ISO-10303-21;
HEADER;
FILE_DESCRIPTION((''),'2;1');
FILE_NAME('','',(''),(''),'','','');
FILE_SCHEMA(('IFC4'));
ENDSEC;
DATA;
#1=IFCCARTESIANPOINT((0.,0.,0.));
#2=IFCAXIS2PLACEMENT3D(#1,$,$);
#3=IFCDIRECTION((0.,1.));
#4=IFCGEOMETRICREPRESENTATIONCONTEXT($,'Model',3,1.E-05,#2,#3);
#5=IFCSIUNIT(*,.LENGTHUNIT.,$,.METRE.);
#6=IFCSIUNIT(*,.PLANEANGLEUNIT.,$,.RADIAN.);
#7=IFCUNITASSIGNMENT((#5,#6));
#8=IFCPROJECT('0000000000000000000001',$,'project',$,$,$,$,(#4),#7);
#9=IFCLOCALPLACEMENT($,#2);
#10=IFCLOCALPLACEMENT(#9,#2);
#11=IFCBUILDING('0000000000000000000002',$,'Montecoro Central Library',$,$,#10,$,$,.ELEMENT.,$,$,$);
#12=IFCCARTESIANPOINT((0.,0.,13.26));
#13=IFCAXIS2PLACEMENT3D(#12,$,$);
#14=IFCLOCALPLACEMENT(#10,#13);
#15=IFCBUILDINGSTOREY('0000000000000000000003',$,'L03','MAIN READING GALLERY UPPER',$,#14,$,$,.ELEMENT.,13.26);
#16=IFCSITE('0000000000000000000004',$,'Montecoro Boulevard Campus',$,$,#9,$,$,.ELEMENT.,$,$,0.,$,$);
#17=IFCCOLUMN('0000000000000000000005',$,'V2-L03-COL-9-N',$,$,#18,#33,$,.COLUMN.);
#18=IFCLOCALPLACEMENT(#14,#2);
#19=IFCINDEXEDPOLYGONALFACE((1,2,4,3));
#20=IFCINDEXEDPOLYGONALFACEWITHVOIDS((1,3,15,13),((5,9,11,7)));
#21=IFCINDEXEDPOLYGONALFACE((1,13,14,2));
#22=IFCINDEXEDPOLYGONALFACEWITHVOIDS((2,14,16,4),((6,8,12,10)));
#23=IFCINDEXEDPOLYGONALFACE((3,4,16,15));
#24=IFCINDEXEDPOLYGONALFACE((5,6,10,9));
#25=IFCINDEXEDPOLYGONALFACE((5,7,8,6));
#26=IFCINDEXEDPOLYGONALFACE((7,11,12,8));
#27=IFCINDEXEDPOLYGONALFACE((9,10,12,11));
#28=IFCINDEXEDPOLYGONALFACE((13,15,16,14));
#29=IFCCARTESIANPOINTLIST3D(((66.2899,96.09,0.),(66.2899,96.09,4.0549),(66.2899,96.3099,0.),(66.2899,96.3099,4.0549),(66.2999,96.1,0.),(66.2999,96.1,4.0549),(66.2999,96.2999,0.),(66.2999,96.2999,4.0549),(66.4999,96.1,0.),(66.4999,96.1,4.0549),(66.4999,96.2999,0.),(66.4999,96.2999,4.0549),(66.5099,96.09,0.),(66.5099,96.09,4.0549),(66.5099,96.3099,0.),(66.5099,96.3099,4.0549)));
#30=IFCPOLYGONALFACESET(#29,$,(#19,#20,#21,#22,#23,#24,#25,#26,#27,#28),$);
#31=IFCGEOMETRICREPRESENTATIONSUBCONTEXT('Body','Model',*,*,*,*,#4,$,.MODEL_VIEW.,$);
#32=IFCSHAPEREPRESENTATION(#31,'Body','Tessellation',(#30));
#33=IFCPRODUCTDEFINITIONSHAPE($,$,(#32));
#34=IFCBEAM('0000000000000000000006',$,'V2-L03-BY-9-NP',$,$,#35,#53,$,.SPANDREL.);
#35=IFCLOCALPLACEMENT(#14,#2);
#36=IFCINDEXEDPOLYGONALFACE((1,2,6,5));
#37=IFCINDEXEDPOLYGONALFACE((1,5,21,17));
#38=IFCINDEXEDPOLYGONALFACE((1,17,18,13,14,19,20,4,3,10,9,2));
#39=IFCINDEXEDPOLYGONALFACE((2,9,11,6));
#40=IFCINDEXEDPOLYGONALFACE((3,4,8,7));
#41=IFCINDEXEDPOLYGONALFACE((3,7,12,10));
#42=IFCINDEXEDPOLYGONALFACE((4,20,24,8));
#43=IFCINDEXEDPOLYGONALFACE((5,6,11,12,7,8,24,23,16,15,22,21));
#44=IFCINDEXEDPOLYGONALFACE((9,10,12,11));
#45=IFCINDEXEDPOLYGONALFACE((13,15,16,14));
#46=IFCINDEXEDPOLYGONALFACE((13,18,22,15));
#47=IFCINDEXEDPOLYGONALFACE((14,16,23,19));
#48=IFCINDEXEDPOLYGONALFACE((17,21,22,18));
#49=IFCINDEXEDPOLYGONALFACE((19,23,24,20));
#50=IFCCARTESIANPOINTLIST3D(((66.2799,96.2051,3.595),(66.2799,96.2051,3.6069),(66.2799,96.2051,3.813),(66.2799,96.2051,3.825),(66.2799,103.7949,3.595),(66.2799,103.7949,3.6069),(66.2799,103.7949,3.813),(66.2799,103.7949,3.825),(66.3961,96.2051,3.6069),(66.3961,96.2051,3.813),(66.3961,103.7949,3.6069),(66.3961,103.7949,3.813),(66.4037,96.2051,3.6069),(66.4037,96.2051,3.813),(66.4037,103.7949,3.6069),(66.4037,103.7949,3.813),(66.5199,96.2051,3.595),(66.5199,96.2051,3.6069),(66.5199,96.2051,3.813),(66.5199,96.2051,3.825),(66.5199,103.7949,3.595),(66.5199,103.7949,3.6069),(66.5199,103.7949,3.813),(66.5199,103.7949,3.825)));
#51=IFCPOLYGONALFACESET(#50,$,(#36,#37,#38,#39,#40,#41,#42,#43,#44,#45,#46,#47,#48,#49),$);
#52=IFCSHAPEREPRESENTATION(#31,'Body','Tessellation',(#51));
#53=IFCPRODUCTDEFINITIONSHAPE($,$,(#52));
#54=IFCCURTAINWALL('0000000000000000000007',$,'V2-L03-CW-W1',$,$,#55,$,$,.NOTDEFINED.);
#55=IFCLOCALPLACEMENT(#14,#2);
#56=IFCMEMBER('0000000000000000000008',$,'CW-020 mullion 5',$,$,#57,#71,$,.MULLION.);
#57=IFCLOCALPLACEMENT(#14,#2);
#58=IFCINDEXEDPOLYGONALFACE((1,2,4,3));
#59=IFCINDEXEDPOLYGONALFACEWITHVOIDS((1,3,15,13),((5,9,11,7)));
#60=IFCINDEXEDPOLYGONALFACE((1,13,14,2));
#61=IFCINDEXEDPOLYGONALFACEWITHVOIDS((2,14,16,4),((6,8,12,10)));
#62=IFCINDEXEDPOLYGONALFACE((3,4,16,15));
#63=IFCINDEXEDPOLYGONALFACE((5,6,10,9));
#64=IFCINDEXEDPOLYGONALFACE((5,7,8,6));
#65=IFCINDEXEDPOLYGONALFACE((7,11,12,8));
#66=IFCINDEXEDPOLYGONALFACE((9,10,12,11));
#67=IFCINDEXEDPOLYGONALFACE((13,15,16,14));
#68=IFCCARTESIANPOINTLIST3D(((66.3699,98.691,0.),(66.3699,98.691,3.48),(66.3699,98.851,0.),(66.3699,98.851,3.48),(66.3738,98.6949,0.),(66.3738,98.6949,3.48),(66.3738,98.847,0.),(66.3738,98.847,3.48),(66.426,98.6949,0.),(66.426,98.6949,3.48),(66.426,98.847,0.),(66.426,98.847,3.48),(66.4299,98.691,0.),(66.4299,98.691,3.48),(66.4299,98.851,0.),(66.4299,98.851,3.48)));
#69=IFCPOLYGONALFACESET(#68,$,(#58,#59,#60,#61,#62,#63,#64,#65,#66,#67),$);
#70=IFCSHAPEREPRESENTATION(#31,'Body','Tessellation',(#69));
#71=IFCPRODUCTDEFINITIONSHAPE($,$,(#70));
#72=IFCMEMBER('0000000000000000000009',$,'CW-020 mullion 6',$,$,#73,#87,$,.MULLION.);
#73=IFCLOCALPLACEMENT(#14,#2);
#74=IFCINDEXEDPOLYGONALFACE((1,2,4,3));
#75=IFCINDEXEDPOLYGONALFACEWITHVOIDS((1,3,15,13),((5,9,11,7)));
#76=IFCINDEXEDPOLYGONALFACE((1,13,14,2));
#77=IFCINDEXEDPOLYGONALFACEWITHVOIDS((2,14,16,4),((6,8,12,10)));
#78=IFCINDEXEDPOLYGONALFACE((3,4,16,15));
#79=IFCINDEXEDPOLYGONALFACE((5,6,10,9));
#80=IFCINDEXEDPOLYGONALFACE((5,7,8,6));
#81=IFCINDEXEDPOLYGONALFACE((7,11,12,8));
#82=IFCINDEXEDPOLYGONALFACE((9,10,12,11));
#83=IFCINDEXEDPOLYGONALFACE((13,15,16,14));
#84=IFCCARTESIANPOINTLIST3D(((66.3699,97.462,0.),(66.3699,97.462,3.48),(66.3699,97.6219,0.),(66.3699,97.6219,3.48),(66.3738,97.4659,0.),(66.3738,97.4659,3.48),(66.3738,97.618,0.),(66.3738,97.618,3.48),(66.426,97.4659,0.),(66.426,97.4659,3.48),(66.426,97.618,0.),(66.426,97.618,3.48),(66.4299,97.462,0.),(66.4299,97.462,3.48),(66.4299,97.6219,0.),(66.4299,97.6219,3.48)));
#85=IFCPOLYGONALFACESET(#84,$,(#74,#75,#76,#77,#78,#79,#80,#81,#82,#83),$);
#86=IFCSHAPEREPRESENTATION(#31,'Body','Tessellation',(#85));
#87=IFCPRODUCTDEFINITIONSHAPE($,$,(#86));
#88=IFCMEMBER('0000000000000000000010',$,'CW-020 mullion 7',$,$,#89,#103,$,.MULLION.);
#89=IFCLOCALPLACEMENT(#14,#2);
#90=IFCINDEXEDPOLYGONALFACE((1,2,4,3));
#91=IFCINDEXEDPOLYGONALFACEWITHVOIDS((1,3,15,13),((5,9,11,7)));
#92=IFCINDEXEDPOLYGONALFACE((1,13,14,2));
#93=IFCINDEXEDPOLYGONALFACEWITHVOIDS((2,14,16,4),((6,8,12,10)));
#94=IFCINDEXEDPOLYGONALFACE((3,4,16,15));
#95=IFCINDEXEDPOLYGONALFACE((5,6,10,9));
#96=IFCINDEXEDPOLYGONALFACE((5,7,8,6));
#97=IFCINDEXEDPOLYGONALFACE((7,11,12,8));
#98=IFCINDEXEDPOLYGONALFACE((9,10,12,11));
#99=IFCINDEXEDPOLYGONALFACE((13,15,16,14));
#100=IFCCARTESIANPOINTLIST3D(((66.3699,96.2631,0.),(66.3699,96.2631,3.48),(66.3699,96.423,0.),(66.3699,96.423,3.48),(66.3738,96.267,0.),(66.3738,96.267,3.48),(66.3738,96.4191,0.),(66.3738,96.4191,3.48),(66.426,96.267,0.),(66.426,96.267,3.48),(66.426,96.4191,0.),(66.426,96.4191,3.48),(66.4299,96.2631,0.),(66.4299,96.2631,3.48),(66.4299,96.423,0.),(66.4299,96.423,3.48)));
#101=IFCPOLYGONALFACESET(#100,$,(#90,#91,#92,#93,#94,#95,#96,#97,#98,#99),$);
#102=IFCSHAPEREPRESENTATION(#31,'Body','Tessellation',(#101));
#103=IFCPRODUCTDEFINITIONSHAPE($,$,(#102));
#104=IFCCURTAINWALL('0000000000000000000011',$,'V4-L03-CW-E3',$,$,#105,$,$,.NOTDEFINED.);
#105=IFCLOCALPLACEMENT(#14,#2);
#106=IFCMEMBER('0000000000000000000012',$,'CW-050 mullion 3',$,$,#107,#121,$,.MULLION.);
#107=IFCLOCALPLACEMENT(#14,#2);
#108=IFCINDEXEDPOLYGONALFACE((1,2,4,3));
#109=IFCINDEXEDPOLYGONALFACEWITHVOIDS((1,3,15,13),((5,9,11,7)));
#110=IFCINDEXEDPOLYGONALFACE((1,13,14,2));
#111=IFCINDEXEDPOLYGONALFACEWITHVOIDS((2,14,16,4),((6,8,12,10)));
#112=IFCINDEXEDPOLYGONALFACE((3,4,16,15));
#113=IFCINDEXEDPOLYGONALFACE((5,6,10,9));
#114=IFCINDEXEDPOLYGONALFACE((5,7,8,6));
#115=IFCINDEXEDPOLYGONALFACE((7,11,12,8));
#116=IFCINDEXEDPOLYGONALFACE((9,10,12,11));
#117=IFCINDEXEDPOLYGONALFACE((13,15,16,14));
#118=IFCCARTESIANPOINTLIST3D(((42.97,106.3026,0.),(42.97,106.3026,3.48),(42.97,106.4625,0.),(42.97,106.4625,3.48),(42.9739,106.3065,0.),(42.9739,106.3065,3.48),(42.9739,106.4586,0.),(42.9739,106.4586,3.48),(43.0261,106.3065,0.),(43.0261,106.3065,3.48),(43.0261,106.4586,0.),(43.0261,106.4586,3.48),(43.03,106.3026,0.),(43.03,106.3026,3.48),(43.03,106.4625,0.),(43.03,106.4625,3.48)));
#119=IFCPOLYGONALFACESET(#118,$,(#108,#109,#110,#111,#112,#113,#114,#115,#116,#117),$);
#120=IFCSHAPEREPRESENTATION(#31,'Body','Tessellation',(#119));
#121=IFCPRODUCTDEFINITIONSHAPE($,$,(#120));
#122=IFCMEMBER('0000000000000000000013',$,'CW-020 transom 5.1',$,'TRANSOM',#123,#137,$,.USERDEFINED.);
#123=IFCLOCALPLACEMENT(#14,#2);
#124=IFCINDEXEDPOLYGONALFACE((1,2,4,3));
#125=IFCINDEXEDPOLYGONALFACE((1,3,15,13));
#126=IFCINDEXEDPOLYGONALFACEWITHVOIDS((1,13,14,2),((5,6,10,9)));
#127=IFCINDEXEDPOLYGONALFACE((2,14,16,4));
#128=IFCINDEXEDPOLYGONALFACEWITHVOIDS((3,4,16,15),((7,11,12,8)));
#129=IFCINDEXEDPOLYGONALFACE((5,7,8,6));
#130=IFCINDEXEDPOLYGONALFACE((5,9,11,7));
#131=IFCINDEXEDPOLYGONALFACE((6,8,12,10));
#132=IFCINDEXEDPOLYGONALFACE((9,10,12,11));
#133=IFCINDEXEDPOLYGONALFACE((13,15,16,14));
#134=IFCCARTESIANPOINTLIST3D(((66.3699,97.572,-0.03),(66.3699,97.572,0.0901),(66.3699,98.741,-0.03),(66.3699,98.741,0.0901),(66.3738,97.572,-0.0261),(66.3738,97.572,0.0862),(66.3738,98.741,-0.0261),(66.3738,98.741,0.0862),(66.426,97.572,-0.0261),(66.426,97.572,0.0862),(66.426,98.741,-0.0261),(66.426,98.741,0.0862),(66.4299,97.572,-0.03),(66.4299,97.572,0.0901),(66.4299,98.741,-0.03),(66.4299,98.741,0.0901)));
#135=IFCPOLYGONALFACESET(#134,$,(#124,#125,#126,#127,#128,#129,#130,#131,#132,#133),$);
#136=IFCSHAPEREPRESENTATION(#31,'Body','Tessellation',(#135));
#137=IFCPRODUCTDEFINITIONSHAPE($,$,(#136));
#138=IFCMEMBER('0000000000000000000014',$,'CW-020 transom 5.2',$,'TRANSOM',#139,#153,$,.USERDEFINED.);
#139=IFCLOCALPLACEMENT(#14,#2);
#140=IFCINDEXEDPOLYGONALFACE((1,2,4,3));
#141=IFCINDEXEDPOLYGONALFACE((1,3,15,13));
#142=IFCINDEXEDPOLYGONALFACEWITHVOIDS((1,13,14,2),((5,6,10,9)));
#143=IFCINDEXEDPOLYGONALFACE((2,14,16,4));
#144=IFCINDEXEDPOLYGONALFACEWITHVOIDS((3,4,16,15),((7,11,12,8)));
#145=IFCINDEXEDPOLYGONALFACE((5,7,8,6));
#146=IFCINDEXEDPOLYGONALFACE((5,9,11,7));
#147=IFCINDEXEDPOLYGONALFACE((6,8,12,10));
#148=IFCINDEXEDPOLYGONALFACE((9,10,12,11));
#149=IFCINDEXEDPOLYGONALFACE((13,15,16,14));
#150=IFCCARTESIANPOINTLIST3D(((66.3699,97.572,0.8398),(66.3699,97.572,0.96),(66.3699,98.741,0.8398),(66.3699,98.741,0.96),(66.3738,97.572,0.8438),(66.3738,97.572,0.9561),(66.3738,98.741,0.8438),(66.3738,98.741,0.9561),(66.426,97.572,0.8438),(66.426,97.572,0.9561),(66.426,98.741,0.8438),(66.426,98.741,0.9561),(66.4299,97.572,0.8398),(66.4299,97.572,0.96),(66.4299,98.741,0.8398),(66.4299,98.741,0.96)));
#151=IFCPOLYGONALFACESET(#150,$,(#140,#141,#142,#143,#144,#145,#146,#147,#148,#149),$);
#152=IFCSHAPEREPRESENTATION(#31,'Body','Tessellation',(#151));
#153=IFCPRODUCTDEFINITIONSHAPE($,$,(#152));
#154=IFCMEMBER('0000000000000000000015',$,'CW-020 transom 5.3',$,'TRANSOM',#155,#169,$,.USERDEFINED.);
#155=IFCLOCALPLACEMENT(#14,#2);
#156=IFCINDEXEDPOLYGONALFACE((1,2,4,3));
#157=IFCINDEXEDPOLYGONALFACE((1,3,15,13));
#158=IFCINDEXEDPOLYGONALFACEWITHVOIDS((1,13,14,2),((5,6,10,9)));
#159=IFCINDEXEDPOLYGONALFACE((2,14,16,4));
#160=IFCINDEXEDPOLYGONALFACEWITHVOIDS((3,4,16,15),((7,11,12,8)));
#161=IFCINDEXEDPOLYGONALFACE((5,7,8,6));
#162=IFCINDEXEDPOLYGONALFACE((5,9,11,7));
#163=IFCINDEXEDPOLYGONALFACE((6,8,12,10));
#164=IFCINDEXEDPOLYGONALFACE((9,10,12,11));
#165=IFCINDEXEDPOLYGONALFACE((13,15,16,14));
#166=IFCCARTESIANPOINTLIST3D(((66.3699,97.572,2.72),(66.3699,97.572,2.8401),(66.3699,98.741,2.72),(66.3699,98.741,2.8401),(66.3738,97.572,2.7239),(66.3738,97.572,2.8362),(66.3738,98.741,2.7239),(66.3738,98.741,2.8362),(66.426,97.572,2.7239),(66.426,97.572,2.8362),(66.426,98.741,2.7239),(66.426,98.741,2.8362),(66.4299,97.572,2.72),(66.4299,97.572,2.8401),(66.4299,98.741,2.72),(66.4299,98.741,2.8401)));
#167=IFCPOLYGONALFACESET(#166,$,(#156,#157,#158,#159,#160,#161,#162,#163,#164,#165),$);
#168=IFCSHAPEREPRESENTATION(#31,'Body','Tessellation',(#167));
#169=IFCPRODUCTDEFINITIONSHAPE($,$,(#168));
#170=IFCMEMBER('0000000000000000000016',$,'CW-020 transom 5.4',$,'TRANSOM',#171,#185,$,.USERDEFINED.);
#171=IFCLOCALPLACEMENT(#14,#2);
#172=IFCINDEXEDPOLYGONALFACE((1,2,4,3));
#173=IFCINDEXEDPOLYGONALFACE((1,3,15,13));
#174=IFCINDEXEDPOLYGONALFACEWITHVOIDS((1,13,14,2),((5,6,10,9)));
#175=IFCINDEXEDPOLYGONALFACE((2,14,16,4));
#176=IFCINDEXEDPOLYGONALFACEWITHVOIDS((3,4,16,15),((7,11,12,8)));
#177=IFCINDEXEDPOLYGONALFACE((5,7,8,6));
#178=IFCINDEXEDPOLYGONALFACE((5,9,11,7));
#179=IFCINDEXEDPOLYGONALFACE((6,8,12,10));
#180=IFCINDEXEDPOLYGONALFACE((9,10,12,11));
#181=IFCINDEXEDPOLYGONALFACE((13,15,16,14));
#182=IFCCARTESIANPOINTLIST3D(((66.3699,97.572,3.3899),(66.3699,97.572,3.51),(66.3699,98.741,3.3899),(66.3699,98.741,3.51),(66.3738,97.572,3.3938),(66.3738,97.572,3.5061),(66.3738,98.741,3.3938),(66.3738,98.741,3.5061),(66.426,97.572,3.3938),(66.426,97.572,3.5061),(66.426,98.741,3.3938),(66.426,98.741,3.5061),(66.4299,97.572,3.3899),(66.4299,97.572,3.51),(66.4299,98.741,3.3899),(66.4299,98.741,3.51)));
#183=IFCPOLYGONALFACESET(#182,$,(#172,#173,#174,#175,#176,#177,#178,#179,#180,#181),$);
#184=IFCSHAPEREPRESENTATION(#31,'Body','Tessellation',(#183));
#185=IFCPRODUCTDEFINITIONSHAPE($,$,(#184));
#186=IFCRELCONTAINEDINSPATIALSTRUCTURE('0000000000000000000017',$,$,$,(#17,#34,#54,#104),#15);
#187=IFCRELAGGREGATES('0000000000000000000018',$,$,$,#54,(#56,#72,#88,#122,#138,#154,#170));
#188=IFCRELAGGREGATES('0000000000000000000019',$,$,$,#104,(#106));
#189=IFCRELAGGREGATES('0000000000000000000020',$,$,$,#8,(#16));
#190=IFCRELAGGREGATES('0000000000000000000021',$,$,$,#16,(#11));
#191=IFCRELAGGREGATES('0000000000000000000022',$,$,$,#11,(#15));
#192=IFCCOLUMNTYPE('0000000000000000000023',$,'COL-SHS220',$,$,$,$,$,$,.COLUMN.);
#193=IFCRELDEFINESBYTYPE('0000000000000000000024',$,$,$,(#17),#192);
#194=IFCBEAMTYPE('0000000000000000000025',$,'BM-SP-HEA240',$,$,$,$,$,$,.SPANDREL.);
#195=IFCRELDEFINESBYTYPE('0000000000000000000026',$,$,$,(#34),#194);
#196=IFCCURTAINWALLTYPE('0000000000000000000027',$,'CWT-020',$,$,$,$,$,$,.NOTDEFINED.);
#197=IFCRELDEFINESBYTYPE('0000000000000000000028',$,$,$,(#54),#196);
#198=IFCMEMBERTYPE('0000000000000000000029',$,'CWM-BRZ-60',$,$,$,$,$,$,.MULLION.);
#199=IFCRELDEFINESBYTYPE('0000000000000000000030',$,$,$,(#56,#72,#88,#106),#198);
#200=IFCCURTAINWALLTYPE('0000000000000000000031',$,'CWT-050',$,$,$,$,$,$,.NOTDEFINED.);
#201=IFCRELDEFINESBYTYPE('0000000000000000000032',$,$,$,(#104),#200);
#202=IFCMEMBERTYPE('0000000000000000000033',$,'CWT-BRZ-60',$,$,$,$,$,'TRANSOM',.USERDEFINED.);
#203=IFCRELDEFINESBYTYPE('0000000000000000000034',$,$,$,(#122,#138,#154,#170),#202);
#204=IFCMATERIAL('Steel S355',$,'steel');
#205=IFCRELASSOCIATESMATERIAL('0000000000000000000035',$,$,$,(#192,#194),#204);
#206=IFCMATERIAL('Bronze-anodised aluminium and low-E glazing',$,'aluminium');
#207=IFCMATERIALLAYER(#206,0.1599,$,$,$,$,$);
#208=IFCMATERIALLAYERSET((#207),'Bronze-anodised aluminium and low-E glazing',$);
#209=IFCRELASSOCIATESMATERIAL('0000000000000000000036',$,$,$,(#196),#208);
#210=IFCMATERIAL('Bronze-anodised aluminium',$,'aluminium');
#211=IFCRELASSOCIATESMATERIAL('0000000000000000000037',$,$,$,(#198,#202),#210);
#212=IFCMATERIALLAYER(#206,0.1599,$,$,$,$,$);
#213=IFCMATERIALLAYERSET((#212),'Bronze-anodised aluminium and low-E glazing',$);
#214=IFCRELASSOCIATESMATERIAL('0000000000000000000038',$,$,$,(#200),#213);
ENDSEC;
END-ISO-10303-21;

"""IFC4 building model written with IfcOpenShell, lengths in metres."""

from ifc_helpers import new_model, si_unit, direction, frame, origin, origin_2d, place, context, subcontext, project, spatial, hollow_rectangle, i_section, extrude, material, layer, layer_set, material_profile, profile_set, type_object, element, aggregate, save


model = new_model("IFC4")

# Units and contexts
model_context = context("Model", 3, precision=1e-05, world=origin(), true_north=direction((0.0, 1.0)))
body_context = subcontext(model_context, "Body", "Model", "MODEL_VIEW")
ifc_project = project(units=[si_unit("LENGTHUNIT", "METRE"), si_unit("PLANEANGLEUNIT", "RADIAN")], contexts=[model_context])

# Site, building, storey
site_placement = place(None, origin())
site = spatial("IfcSite", under=ifc_project, at=site_placement, Name="Montecoro Boulevard Campus", CompositionType="ELEMENT", RefElevation=0.0)
building_placement = place(site_placement, origin())
building = spatial("IfcBuilding", under=site, at=building_placement, Name="Montecoro Central Library", CompositionType="ELEMENT")
storey_placement = place(building_placement, frame((0.0, 0.0, 13.26)))
storey = spatial("IfcBuildingStorey", under=building, at=storey_placement, Name="L03", Description="MAIN READING GALLERY UPPER", CompositionType="ELEMENT", Elevation=13.26)

# Column
ifc_material_1 = material(Name="Steel S355", Category="steel")
ifc_material_profile_1 = material_profile(ifc_material_1, hollow_rectangle(XDim=0.22, YDim=0.22, WallThickness=0.01, at=origin_2d()), Name="SHS 220x220x10.0")
ifc_profile_set_1 = profile_set([ifc_material_profile_1], Name="Steel S355")
column_type = type_object("IfcColumnType", Name="COL-SHS220", PredefinedType="COLUMN", material=ifc_profile_set_1)
column_placement = place(storey_placement, frame((66.3999, 96.2, 0.0), z_axis=(0.0, 0.0, 1.0), x_axis=(1.0, 0.0, 0.0)))
element("IfcColumn", 1, at=column_placement, inside=storey, type_object=column_type, Name="V2-L03-COL-9-N", PredefinedType="COLUMN", context=body_context, shape_type="SweptSolid", body=[
    extrude(hollow_rectangle(XDim=0.22, YDim=0.22, WallThickness=0.01, at=origin_2d()), origin(), (0.0, 0.0, 1.0), 4.0549),
])

# Beam
ifc_material_profile_2 = material_profile(ifc_material_1, i_section(OverallWidth=0.24, OverallDepth=0.23, WebThickness=0.0076, FlangeThickness=0.012, at=origin_2d()), Name="HEA 240")
ifc_profile_set_2 = profile_set([ifc_material_profile_2], Name="Steel S355")
beam_type = type_object("IfcBeamType", Name="BM-SP-HEA240", PredefinedType="SPANDREL", material=ifc_profile_set_2)
beam_placement = place(storey_placement, frame((66.3999, 96.2051, 3.71), z_axis=(0.0, 1.0, 0.0), x_axis=(-1.0, 0.0, 0.0)))
element("IfcBeam", 2, at=beam_placement, inside=storey, type_object=beam_type, Name="V2-L03-BY-9-NP", PredefinedType="SPANDREL", context=body_context, shape_type="SweptSolid", body=[
    extrude(i_section(OverallWidth=0.24, OverallDepth=0.23, WebThickness=0.0076, FlangeThickness=0.012, at=origin_2d()), origin(), (0.0, 0.0, 1.0), 7.5898),
])

# Curtain wall, members
ifc_material_2 = material(Name="Bronze-anodised aluminium and low-E glazing", Category="aluminium")
ifc_layer_1 = layer(ifc_material_2, 0.1599)
ifc_layer_set_1 = layer_set([ifc_layer_1], Name="Bronze-anodised aluminium and low-E glazing")
curtain_wall_type_1 = type_object("IfcCurtainWallType", Name="CWT-020", PredefinedType="NOTDEFINED", material=ifc_layer_set_1)
curtain_wall_1_placement = place(storey_placement, origin())
curtain_wall_1 = element("IfcCurtainWall", 3, at=curtain_wall_1_placement, inside=storey, type_object=curtain_wall_type_1, Name="V2-L03-CW-W1", PredefinedType="NOTDEFINED")
ifc_material_3 = material(Name="Bronze-anodised aluminium", Category="aluminium")
ifc_material_profile_3 = material_profile(ifc_material_3, hollow_rectangle(XDim=0.0601, YDim=0.1599, WallThickness=0.0039, at=origin_2d()), Name="CWM 160x60x4.0")
ifc_profile_set_3 = profile_set([ifc_material_profile_3], Name="Bronze-anodised aluminium")
member_type_1 = type_object("IfcMemberType", Name="CWM-BRZ-60", PredefinedType="MULLION", material=ifc_profile_set_3)
member_1_placement = place(storey_placement, frame((66.3999, 98.771, 0.0), z_axis=(0.0, 0.0, 1.0), x_axis=(1.0, 0.0, 0.0)))
member_1 = element("IfcMember", 4, at=member_1_placement, type_object=member_type_1, Name="CW-020 mullion 5", PredefinedType="MULLION", context=body_context, shape_type="SweptSolid", body=[
    extrude(hollow_rectangle(XDim=0.0601, YDim=0.1599, WallThickness=0.0039, at=origin_2d()), origin(), (0.0, 0.0, 1.0), 3.48),
])
member_2_placement = place(storey_placement, frame((66.3999, 97.542, 0.0), z_axis=(0.0, 0.0, 1.0), x_axis=(1.0, 0.0, 0.0)))
member_2 = element("IfcMember", 5, at=member_2_placement, type_object=member_type_1, Name="CW-020 mullion 6", PredefinedType="MULLION", context=body_context, shape_type="SweptSolid", body=[
    extrude(hollow_rectangle(XDim=0.0601, YDim=0.1599, WallThickness=0.0039, at=origin_2d()), origin(), (0.0, 0.0, 1.0), 3.48),
])
member_3_placement = place(storey_placement, frame((66.3999, 96.343, 0.0), z_axis=(0.0, 0.0, 1.0), x_axis=(1.0, 0.0, 0.0)))
member_3 = element("IfcMember", 6, at=member_3_placement, type_object=member_type_1, Name="CW-020 mullion 7", PredefinedType="MULLION", context=body_context, shape_type="SweptSolid", body=[
    extrude(hollow_rectangle(XDim=0.0601, YDim=0.1599, WallThickness=0.0039, at=origin_2d()), origin(), (0.0, 0.0, 1.0), 3.48),
])

# Curtain wall, member
ifc_layer_2 = layer(ifc_material_2, 0.1599)
ifc_layer_set_2 = layer_set([ifc_layer_2], Name="Bronze-anodised aluminium and low-E glazing")
curtain_wall_type_2 = type_object("IfcCurtainWallType", Name="CWT-050", PredefinedType="NOTDEFINED", material=ifc_layer_set_2)
curtain_wall_2_placement = place(storey_placement, origin())
curtain_wall_2 = element("IfcCurtainWall", 7, at=curtain_wall_2_placement, inside=storey, type_object=curtain_wall_type_2, Name="V4-L03-CW-E3", PredefinedType="NOTDEFINED")
member_4_placement = place(storey_placement, frame((43.0, 106.3826, 0.0), z_axis=(0.0, 0.0, 1.0), x_axis=(-1.0, 0.0, 0.0)))
member_4 = element("IfcMember", 8, at=member_4_placement, type_object=member_type_1, Name="CW-050 mullion 3", PredefinedType="MULLION", context=body_context, shape_type="SweptSolid", body=[
    extrude(hollow_rectangle(XDim=0.0601, YDim=0.1599, WallThickness=0.0039, at=origin_2d()), origin(), (0.0, 0.0, 1.0), 3.48),
])

# Members
ifc_material_profile_4 = material_profile(ifc_material_3, hollow_rectangle(XDim=0.0601, YDim=0.1201, WallThickness=0.0039, at=origin_2d()), Name="CWT 120x60x4.0")
ifc_profile_set_4 = profile_set([ifc_material_profile_4], Name="Bronze-anodised aluminium")
member_type_2 = type_object("IfcMemberType", Name="CWT-BRZ-60", ElementType="TRANSOM", PredefinedType="USERDEFINED", material=ifc_profile_set_4)
member_5_placement = place(storey_placement, frame((66.3999, 98.741, 0.03), z_axis=(0.0, -1.0, 0.0), x_axis=(1.0, 0.0, 0.0)))
member_5 = element("IfcMember", 9, at=member_5_placement, type_object=member_type_2, Name="CW-020 transom 5.1", ObjectType="TRANSOM", PredefinedType="USERDEFINED", context=body_context, shape_type="SweptSolid", body=[
    extrude(hollow_rectangle(XDim=0.0601, YDim=0.1201, WallThickness=0.0039, at=origin_2d()), origin(), (0.0, 0.0, 1.0), 1.1689),
])
member_6_placement = place(storey_placement, frame((66.3999, 98.741, 0.8999), z_axis=(0.0, -1.0, 0.0), x_axis=(1.0, 0.0, 0.0)))
member_6 = element("IfcMember", 10, at=member_6_placement, type_object=member_type_2, Name="CW-020 transom 5.2", ObjectType="TRANSOM", PredefinedType="USERDEFINED", context=body_context, shape_type="SweptSolid", body=[
    extrude(hollow_rectangle(XDim=0.0601, YDim=0.1201, WallThickness=0.0039, at=origin_2d()), origin(), (0.0, 0.0, 1.0), 1.1689),
])
member_7_placement = place(storey_placement, frame((66.3999, 98.741, 2.78), z_axis=(0.0, -1.0, 0.0), x_axis=(1.0, 0.0, 0.0)))
member_7 = element("IfcMember", 11, at=member_7_placement, type_object=member_type_2, Name="CW-020 transom 5.3", ObjectType="TRANSOM", PredefinedType="USERDEFINED", context=body_context, shape_type="SweptSolid", body=[
    extrude(hollow_rectangle(XDim=0.0601, YDim=0.1201, WallThickness=0.0039, at=origin_2d()), origin(), (0.0, 0.0, 1.0), 1.1689),
])
member_8_placement = place(storey_placement, frame((66.3999, 98.741, 3.45), z_axis=(0.0, -1.0, 0.0), x_axis=(1.0, 0.0, 0.0)))
member_8 = element("IfcMember", 12, at=member_8_placement, type_object=member_type_2, Name="CW-020 transom 5.4", ObjectType="TRANSOM", PredefinedType="USERDEFINED", context=body_context, shape_type="SweptSolid", body=[
    extrude(hollow_rectangle(XDim=0.0601, YDim=0.1201, WallThickness=0.0039, at=origin_2d()), origin(), (0.0, 0.0, 1.0), 1.1689),
])

aggregate(curtain_wall_1, [member_1, member_2, member_3, member_5, member_6, member_7, member_8])
aggregate(curtain_wall_2, [member_4])

save(model, "model.ifc")
